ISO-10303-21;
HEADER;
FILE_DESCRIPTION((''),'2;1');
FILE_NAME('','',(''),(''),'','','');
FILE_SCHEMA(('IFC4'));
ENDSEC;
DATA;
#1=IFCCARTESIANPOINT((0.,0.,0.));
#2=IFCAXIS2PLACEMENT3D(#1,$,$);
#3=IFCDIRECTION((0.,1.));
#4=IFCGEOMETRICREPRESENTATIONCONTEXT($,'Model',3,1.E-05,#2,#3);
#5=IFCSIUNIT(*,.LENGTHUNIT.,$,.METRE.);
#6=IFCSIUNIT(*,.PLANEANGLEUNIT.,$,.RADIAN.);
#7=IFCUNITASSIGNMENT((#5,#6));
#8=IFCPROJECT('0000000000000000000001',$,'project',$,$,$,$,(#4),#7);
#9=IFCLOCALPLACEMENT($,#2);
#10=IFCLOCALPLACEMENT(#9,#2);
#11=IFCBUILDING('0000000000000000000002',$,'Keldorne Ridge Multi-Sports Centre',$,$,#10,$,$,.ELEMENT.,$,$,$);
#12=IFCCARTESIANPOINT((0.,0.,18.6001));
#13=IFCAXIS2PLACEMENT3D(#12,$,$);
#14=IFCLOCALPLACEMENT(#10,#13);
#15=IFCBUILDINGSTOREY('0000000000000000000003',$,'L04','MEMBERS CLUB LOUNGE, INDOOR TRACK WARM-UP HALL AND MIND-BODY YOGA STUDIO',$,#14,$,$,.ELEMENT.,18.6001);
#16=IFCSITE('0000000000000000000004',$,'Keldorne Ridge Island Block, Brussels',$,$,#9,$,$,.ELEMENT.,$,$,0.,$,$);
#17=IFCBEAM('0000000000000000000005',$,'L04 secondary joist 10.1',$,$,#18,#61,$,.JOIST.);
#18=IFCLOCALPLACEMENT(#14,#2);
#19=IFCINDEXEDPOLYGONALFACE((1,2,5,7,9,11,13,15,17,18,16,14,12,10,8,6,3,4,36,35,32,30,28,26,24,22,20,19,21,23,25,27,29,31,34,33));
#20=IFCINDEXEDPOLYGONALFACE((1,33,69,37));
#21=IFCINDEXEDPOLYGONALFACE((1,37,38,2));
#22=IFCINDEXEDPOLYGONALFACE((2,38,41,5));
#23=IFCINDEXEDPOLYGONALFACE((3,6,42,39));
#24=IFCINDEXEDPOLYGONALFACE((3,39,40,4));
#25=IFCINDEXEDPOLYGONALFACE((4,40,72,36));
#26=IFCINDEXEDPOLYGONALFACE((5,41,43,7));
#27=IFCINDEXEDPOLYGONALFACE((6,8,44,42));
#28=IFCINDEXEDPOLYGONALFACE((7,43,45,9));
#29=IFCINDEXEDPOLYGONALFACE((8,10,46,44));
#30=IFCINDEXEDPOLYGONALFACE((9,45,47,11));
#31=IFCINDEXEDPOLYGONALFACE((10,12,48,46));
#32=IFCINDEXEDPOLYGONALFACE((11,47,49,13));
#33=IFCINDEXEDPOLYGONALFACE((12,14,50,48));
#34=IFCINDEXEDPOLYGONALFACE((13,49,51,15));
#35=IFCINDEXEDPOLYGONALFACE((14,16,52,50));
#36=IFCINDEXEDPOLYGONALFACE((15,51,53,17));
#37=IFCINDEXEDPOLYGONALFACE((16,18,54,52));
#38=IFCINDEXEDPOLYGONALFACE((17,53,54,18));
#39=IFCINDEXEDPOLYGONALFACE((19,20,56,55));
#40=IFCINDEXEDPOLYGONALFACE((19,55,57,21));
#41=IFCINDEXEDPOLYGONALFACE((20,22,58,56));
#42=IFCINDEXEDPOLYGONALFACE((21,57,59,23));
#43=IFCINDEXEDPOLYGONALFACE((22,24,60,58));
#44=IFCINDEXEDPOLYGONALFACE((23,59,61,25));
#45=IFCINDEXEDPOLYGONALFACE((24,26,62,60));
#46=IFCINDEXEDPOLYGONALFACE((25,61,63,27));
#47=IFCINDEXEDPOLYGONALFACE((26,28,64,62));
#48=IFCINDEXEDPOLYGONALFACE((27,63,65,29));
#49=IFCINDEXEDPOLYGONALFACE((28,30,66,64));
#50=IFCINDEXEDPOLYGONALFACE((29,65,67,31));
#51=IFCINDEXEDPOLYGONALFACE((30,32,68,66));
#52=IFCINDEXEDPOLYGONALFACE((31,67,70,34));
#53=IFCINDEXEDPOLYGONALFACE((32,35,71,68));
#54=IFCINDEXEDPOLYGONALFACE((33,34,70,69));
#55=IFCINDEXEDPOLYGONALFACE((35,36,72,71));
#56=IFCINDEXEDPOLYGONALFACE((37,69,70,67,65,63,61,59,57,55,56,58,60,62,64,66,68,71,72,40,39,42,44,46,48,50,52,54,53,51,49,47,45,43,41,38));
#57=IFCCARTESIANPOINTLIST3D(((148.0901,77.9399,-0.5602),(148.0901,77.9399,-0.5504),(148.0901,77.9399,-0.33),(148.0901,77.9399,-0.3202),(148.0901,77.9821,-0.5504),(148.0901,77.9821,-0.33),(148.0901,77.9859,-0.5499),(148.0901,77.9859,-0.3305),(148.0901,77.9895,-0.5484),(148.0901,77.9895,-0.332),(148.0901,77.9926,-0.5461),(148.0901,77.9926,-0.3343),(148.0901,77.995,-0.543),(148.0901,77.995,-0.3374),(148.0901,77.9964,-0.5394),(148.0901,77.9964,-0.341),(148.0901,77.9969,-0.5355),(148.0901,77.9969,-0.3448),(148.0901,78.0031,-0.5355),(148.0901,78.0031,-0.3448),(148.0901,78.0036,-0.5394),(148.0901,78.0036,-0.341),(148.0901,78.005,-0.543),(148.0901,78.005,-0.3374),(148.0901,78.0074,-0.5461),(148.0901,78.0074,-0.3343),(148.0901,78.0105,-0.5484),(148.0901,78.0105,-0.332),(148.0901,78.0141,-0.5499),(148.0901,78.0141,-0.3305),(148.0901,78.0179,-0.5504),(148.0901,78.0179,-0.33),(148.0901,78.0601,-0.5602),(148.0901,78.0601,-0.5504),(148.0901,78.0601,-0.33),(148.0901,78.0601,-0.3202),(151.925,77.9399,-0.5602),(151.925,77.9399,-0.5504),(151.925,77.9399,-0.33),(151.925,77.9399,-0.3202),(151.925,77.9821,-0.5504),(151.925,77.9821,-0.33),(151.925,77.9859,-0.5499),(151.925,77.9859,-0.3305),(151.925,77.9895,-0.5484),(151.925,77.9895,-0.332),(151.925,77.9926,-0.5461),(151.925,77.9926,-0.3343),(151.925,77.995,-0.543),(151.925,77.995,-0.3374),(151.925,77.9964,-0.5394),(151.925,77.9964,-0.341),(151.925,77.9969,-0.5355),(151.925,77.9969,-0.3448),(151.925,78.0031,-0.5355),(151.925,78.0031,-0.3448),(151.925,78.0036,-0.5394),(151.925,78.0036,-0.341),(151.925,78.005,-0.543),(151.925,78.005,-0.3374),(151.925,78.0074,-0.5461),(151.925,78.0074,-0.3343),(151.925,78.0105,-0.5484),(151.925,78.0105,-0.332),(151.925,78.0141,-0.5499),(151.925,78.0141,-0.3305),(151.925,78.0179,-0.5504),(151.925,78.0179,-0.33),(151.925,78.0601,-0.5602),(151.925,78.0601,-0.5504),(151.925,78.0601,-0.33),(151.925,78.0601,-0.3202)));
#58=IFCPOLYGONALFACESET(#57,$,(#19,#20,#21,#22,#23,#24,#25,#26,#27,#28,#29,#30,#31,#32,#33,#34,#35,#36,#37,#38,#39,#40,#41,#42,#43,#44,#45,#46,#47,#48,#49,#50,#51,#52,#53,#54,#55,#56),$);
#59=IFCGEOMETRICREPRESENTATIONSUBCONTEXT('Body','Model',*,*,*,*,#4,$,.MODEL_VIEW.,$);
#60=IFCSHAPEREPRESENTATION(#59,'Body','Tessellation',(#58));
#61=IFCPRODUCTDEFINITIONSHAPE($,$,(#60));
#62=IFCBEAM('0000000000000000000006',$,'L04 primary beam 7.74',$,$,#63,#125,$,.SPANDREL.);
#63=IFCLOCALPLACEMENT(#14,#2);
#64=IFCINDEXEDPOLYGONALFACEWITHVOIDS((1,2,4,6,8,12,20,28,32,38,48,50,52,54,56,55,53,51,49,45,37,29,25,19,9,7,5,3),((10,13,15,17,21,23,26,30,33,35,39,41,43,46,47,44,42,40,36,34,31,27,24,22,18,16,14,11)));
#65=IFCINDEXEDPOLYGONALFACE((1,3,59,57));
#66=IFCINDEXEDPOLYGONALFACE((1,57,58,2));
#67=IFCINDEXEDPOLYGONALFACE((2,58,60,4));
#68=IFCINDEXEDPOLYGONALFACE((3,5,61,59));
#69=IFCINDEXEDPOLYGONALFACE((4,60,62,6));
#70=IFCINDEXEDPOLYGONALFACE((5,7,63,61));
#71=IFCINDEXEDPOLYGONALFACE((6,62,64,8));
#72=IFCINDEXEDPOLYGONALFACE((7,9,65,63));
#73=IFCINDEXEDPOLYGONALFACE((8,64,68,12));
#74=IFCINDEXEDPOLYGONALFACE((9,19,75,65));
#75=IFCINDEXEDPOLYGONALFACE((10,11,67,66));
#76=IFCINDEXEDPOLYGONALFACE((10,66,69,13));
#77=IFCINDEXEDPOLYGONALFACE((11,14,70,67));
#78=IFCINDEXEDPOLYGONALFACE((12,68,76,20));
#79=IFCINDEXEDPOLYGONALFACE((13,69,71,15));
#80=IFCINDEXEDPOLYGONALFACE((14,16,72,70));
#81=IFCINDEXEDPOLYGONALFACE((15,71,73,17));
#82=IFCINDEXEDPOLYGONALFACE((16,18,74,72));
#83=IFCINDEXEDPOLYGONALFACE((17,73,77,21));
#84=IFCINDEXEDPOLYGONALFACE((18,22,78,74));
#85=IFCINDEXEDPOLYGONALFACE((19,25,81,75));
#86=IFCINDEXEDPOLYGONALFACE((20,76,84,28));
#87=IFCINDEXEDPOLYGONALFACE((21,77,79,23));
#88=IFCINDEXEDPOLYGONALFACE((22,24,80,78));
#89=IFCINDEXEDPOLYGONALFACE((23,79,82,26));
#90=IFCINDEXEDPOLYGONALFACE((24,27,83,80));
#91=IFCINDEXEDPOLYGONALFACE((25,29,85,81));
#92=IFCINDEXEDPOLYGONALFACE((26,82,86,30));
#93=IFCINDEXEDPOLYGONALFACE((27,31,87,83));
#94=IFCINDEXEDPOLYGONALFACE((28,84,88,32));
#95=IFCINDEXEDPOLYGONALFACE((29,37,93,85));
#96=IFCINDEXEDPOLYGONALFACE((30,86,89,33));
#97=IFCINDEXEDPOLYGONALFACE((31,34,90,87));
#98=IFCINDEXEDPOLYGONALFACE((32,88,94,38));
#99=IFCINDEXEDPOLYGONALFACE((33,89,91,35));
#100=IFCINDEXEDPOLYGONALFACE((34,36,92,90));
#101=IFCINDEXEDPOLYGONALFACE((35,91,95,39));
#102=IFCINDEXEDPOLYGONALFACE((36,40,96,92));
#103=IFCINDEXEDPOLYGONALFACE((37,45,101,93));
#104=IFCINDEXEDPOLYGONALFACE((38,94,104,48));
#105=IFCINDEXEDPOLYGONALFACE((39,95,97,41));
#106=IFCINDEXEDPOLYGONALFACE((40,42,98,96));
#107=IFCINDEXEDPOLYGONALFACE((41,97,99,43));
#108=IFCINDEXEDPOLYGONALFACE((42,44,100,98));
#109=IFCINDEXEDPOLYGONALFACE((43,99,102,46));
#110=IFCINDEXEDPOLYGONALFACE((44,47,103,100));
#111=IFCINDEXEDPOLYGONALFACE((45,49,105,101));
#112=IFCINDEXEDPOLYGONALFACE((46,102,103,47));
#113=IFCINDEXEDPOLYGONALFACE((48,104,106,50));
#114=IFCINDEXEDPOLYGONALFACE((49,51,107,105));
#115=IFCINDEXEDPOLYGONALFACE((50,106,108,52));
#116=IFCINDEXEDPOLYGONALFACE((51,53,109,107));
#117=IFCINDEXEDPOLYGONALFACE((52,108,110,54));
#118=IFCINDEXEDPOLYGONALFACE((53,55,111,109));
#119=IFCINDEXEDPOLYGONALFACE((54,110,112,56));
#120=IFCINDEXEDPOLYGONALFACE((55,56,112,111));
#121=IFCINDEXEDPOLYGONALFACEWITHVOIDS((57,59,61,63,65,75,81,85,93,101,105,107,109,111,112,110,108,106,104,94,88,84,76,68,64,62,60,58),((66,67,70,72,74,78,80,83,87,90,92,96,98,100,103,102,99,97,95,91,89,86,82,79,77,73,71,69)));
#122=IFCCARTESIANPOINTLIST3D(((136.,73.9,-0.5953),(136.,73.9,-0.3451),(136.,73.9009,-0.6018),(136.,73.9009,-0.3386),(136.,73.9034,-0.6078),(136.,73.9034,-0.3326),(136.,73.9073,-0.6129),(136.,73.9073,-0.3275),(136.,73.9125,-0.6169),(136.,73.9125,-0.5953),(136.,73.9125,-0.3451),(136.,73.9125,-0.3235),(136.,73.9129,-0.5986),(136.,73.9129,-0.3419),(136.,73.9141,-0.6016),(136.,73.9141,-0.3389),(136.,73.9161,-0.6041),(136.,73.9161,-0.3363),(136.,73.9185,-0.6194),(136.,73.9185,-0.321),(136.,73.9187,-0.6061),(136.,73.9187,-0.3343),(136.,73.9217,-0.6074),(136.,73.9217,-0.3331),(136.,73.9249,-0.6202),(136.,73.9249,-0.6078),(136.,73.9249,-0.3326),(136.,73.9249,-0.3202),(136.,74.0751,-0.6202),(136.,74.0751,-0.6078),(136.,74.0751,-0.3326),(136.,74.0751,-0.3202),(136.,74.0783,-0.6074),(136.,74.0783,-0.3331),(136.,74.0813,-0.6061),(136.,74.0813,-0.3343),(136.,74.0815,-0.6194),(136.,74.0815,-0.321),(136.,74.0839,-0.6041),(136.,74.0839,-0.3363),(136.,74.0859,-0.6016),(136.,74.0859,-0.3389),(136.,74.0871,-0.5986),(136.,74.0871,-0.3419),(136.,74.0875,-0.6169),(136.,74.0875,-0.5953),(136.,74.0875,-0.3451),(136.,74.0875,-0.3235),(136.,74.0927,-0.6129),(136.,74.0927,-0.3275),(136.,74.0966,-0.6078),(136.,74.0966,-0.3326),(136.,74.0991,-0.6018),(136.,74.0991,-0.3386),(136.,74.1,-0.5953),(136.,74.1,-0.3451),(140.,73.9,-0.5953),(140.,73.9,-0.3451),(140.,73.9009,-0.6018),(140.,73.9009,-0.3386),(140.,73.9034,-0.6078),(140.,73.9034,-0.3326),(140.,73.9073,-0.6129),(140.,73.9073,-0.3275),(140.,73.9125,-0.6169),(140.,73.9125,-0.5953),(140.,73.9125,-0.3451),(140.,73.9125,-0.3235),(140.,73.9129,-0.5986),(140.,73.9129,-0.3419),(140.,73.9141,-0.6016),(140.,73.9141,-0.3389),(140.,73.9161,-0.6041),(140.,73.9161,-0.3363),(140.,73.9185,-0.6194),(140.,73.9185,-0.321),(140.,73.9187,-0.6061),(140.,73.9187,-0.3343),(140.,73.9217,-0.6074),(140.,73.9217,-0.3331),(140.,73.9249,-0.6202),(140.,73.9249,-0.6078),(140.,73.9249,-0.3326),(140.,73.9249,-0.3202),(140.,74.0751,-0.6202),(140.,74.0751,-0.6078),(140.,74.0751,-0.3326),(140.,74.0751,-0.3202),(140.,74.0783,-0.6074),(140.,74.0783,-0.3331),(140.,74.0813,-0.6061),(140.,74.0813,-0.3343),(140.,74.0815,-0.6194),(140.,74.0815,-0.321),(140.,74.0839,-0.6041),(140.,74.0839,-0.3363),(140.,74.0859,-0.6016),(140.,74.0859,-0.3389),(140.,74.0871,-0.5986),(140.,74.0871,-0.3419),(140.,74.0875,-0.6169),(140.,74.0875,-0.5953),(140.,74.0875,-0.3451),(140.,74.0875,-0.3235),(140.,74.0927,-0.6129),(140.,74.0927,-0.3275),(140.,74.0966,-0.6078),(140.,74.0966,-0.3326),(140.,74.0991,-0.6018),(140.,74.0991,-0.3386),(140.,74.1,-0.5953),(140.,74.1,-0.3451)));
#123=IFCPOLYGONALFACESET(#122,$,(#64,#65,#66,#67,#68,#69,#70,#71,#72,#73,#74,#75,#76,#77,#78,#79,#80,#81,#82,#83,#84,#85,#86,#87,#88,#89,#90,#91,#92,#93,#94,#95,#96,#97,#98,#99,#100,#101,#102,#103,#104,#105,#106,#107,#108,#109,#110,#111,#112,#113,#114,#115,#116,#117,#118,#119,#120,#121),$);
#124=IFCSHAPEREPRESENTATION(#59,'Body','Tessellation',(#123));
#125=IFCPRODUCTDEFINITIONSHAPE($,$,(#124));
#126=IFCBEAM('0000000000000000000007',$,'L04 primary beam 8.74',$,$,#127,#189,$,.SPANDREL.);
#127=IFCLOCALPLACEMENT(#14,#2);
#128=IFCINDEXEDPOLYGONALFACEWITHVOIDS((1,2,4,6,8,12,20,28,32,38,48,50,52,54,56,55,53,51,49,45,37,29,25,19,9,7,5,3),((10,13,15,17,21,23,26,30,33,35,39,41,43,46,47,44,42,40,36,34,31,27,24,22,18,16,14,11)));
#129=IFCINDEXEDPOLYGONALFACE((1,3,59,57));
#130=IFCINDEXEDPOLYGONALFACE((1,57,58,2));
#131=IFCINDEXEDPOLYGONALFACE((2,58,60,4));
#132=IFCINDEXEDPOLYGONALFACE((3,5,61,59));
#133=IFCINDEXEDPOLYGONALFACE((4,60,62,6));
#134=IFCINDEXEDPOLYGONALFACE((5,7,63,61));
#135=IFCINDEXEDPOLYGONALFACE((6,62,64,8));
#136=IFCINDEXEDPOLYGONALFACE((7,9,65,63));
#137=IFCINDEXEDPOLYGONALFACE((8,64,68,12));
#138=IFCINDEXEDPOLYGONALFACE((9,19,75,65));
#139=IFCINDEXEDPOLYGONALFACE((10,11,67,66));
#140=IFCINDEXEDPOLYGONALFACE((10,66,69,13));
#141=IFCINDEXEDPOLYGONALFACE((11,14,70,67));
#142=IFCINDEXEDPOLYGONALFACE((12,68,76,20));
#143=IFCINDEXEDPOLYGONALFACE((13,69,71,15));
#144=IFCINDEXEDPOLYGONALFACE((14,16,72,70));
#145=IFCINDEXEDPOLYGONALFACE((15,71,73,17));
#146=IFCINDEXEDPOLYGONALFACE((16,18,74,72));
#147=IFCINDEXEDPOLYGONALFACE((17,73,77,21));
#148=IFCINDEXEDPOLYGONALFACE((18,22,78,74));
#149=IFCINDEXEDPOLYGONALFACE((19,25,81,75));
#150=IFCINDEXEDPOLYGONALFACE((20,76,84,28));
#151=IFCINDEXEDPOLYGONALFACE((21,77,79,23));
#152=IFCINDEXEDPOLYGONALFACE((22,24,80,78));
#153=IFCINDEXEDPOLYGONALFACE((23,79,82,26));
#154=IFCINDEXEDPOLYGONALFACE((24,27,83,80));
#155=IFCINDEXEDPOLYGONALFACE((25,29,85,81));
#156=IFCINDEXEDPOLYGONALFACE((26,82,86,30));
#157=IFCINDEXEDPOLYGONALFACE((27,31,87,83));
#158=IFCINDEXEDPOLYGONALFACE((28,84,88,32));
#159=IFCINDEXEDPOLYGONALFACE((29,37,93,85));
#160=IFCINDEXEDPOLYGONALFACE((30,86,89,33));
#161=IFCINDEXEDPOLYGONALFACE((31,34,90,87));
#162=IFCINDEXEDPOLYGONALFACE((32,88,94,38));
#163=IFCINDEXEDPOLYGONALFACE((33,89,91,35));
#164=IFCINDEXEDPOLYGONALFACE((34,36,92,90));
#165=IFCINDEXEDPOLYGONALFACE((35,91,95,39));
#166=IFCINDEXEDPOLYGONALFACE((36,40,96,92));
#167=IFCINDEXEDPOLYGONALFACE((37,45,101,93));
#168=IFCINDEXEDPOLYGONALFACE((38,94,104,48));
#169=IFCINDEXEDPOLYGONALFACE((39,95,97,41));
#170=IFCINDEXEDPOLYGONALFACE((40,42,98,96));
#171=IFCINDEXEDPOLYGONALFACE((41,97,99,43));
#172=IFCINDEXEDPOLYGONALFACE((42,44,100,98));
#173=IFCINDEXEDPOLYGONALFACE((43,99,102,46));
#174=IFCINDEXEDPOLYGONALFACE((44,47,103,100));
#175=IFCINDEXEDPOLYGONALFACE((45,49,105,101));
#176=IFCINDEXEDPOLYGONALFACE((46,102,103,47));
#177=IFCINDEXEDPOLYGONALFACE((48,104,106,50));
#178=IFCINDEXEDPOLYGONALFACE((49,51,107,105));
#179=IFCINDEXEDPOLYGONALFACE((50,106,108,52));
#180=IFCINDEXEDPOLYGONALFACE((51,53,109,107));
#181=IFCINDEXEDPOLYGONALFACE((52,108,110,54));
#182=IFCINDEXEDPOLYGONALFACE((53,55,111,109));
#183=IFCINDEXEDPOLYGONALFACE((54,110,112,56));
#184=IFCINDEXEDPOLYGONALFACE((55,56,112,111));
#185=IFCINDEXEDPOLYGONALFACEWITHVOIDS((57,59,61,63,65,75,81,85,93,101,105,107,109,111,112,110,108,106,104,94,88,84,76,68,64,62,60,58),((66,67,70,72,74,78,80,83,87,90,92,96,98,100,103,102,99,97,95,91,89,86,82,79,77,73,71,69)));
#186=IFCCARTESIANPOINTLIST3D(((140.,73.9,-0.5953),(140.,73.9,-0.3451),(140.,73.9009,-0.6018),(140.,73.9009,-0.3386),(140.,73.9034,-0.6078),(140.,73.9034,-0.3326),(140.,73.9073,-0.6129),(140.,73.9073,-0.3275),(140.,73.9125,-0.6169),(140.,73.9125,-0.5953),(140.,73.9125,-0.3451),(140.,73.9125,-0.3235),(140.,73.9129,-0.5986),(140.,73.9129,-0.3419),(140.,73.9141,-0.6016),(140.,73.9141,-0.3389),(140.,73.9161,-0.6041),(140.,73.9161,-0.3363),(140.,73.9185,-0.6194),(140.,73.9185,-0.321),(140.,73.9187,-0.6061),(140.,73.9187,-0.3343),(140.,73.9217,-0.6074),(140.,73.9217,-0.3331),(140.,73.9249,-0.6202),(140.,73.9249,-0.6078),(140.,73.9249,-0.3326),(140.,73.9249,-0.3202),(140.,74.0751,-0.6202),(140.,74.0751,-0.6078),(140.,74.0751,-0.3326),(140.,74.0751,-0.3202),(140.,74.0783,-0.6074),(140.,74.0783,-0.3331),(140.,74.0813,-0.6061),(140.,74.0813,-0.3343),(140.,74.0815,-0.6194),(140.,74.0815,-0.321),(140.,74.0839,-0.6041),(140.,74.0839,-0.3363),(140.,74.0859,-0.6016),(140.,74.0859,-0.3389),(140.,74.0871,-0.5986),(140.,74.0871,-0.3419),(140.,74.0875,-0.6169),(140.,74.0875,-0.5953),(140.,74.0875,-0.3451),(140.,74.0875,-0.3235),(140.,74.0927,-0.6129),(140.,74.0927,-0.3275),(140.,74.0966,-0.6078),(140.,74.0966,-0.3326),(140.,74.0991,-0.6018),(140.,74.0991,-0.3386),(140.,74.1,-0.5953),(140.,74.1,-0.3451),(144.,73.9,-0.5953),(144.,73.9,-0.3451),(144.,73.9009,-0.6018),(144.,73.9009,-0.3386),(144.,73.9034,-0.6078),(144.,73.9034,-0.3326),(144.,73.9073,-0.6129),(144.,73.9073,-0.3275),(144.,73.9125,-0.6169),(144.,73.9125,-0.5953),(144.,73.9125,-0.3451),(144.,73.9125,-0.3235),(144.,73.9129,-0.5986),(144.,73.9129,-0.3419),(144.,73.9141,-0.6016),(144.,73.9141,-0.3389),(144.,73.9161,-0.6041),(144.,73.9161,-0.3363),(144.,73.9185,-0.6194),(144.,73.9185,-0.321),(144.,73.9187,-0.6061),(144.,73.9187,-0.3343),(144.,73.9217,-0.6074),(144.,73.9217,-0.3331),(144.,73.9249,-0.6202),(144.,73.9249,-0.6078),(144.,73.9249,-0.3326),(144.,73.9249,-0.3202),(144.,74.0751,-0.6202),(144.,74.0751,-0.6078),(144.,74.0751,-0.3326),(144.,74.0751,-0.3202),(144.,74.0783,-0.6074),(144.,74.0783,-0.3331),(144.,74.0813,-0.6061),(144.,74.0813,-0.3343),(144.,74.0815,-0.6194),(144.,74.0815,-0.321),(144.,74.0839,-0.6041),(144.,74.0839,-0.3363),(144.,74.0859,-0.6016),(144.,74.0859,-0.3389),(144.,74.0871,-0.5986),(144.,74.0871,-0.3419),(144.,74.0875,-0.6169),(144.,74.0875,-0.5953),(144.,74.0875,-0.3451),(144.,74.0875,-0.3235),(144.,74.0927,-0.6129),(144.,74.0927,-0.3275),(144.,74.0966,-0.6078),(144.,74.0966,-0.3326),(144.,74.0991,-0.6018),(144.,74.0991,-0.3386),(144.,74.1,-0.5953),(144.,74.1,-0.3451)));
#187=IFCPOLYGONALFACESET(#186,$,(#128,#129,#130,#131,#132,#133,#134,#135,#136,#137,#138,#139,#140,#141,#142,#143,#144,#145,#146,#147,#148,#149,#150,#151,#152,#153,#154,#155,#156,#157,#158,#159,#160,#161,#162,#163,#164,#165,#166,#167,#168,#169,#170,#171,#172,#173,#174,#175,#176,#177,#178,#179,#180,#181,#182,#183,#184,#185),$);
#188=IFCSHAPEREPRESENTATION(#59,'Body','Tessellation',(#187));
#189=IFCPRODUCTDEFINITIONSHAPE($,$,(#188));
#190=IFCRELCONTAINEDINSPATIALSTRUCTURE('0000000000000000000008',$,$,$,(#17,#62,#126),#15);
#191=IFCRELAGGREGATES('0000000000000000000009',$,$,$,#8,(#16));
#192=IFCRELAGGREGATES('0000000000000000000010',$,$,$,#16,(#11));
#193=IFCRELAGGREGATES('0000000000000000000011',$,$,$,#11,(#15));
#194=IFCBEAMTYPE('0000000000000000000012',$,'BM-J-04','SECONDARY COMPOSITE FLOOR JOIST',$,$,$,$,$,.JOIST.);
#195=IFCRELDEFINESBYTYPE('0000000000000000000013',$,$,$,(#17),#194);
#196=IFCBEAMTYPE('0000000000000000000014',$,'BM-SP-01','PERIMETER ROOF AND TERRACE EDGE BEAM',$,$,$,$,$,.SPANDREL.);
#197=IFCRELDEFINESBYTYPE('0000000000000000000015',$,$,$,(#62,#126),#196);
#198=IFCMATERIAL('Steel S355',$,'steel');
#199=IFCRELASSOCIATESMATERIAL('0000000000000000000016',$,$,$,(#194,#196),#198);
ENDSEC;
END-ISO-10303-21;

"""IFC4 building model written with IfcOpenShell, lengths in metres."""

from ifc_helpers import new_model, si_unit, direction, frame, origin, origin_2d, place, context, subcontext, project, spatial, hollow_rectangle, i_section, extrude, material, material_profile, profile_set, type_object, element, save


model = new_model("IFC4")

# Units and contexts
model_context = context("Model", 3, precision=1e-05, world=origin(), true_north=direction((0.0, 1.0)))
body_context = subcontext(model_context, "Body", "Model", "MODEL_VIEW")
ifc_project = project(units=[si_unit("LENGTHUNIT", "METRE"), si_unit("PLANEANGLEUNIT", "RADIAN")], contexts=[model_context])

# Site, building, storey
site_placement = place(None, origin())
site = spatial("IfcSite", under=ifc_project, at=site_placement, Name="Keldorne Ridge Island Block, Brussels", CompositionType="ELEMENT", RefElevation=0.0)
building_placement = place(site_placement, origin())
building = spatial("IfcBuilding", under=site, at=building_placement, Name="Keldorne Ridge Multi-Sports Centre", CompositionType="ELEMENT")
storey_placement = place(building_placement, frame((0.0, 0.0, 18.6001)))
storey = spatial("IfcBuildingStorey", under=building, at=storey_placement, Name="L04", Description="MEMBERS CLUB LOUNGE, INDOOR TRACK WARM-UP HALL AND MIND-BODY YOGA STUDIO", CompositionType="ELEMENT", Elevation=18.6001)

# Shared definitions
ifc_material_1 = material(Name="Steel S355", Category="steel")

# Beams
ifc_material_profile_1 = material_profile(ifc_material_1, i_section(OverallWidth=0.1201, OverallDepth=0.24, WebThickness=0.0061, FlangeThickness=0.0098, FilletRadius=0.0149, at=origin_2d()), Name="IPE 240")
ifc_profile_set_1 = profile_set([ifc_material_profile_1], Name="Steel S355")
beam_type_1 = type_object("IfcBeamType", Name="BM-J-04", Description="SECONDARY COMPOSITE FLOOR JOIST", PredefinedType="JOIST", material=ifc_profile_set_1)
beam_1_placement = place(storey_placement, frame((148.0901, 78.0, -0.4402), z_axis=(1.0, 0.0, 0.0), x_axis=(0.0, 1.0, 0.0)))
element("IfcBeam", 1, at=beam_1_placement, inside=storey, type_object=beam_type_1, Name="L04 secondary joist 10.1", PredefinedType="JOIST", context=body_context, shape_type="SweptSolid", body=[
    extrude(i_section(OverallWidth=0.1201, OverallDepth=0.24, WebThickness=0.0061, FlangeThickness=0.0098, FilletRadius=0.0149, at=origin_2d()), origin(), (0.0, 0.0, 1.0), 3.835),
])
ifc_material_profile_2 = material_profile(ifc_material_1, hollow_rectangle(XDim=0.2, YDim=0.3, WallThickness=0.0125, InnerFilletRadius=0.0125, OuterFilletRadius=0.0249, at=origin_2d()), Name="RHS 300x200x12.5")
ifc_profile_set_2 = profile_set([ifc_material_profile_2], Name="Steel S355")
beam_type_2 = type_object("IfcBeamType", Name="BM-SP-01", Description="PERIMETER ROOF AND TERRACE EDGE BEAM", PredefinedType="SPANDREL", material=ifc_profile_set_2)
for number, where, z_axis, x_axis, name in (
    (2, (136.0, 74.0, -0.4702), (1.0, 0.0, 0.0), (0.0, 1.0, 0.0), "L04 primary beam 7.74"),
    (3, (140.0, 74.0, -0.4702), (1.0, 0.0, 0.0), (0.0, 1.0, 0.0), "L04 primary beam 8.74"),
):
    element("IfcBeam", number, at=place(storey_placement, frame(where, z_axis=z_axis, x_axis=x_axis)), inside=storey, type_object=beam_type_2, Name=name, PredefinedType="SPANDREL", context=body_context, shape_type="SweptSolid", body=[
        extrude(hollow_rectangle(XDim=0.2, YDim=0.3, WallThickness=0.0125, InnerFilletRadius=0.0125, OuterFilletRadius=0.0249, at=origin_2d()), origin(), (0.0, 0.0, 1.0), 4.0),
    ])

save(model, "model.ifc")
